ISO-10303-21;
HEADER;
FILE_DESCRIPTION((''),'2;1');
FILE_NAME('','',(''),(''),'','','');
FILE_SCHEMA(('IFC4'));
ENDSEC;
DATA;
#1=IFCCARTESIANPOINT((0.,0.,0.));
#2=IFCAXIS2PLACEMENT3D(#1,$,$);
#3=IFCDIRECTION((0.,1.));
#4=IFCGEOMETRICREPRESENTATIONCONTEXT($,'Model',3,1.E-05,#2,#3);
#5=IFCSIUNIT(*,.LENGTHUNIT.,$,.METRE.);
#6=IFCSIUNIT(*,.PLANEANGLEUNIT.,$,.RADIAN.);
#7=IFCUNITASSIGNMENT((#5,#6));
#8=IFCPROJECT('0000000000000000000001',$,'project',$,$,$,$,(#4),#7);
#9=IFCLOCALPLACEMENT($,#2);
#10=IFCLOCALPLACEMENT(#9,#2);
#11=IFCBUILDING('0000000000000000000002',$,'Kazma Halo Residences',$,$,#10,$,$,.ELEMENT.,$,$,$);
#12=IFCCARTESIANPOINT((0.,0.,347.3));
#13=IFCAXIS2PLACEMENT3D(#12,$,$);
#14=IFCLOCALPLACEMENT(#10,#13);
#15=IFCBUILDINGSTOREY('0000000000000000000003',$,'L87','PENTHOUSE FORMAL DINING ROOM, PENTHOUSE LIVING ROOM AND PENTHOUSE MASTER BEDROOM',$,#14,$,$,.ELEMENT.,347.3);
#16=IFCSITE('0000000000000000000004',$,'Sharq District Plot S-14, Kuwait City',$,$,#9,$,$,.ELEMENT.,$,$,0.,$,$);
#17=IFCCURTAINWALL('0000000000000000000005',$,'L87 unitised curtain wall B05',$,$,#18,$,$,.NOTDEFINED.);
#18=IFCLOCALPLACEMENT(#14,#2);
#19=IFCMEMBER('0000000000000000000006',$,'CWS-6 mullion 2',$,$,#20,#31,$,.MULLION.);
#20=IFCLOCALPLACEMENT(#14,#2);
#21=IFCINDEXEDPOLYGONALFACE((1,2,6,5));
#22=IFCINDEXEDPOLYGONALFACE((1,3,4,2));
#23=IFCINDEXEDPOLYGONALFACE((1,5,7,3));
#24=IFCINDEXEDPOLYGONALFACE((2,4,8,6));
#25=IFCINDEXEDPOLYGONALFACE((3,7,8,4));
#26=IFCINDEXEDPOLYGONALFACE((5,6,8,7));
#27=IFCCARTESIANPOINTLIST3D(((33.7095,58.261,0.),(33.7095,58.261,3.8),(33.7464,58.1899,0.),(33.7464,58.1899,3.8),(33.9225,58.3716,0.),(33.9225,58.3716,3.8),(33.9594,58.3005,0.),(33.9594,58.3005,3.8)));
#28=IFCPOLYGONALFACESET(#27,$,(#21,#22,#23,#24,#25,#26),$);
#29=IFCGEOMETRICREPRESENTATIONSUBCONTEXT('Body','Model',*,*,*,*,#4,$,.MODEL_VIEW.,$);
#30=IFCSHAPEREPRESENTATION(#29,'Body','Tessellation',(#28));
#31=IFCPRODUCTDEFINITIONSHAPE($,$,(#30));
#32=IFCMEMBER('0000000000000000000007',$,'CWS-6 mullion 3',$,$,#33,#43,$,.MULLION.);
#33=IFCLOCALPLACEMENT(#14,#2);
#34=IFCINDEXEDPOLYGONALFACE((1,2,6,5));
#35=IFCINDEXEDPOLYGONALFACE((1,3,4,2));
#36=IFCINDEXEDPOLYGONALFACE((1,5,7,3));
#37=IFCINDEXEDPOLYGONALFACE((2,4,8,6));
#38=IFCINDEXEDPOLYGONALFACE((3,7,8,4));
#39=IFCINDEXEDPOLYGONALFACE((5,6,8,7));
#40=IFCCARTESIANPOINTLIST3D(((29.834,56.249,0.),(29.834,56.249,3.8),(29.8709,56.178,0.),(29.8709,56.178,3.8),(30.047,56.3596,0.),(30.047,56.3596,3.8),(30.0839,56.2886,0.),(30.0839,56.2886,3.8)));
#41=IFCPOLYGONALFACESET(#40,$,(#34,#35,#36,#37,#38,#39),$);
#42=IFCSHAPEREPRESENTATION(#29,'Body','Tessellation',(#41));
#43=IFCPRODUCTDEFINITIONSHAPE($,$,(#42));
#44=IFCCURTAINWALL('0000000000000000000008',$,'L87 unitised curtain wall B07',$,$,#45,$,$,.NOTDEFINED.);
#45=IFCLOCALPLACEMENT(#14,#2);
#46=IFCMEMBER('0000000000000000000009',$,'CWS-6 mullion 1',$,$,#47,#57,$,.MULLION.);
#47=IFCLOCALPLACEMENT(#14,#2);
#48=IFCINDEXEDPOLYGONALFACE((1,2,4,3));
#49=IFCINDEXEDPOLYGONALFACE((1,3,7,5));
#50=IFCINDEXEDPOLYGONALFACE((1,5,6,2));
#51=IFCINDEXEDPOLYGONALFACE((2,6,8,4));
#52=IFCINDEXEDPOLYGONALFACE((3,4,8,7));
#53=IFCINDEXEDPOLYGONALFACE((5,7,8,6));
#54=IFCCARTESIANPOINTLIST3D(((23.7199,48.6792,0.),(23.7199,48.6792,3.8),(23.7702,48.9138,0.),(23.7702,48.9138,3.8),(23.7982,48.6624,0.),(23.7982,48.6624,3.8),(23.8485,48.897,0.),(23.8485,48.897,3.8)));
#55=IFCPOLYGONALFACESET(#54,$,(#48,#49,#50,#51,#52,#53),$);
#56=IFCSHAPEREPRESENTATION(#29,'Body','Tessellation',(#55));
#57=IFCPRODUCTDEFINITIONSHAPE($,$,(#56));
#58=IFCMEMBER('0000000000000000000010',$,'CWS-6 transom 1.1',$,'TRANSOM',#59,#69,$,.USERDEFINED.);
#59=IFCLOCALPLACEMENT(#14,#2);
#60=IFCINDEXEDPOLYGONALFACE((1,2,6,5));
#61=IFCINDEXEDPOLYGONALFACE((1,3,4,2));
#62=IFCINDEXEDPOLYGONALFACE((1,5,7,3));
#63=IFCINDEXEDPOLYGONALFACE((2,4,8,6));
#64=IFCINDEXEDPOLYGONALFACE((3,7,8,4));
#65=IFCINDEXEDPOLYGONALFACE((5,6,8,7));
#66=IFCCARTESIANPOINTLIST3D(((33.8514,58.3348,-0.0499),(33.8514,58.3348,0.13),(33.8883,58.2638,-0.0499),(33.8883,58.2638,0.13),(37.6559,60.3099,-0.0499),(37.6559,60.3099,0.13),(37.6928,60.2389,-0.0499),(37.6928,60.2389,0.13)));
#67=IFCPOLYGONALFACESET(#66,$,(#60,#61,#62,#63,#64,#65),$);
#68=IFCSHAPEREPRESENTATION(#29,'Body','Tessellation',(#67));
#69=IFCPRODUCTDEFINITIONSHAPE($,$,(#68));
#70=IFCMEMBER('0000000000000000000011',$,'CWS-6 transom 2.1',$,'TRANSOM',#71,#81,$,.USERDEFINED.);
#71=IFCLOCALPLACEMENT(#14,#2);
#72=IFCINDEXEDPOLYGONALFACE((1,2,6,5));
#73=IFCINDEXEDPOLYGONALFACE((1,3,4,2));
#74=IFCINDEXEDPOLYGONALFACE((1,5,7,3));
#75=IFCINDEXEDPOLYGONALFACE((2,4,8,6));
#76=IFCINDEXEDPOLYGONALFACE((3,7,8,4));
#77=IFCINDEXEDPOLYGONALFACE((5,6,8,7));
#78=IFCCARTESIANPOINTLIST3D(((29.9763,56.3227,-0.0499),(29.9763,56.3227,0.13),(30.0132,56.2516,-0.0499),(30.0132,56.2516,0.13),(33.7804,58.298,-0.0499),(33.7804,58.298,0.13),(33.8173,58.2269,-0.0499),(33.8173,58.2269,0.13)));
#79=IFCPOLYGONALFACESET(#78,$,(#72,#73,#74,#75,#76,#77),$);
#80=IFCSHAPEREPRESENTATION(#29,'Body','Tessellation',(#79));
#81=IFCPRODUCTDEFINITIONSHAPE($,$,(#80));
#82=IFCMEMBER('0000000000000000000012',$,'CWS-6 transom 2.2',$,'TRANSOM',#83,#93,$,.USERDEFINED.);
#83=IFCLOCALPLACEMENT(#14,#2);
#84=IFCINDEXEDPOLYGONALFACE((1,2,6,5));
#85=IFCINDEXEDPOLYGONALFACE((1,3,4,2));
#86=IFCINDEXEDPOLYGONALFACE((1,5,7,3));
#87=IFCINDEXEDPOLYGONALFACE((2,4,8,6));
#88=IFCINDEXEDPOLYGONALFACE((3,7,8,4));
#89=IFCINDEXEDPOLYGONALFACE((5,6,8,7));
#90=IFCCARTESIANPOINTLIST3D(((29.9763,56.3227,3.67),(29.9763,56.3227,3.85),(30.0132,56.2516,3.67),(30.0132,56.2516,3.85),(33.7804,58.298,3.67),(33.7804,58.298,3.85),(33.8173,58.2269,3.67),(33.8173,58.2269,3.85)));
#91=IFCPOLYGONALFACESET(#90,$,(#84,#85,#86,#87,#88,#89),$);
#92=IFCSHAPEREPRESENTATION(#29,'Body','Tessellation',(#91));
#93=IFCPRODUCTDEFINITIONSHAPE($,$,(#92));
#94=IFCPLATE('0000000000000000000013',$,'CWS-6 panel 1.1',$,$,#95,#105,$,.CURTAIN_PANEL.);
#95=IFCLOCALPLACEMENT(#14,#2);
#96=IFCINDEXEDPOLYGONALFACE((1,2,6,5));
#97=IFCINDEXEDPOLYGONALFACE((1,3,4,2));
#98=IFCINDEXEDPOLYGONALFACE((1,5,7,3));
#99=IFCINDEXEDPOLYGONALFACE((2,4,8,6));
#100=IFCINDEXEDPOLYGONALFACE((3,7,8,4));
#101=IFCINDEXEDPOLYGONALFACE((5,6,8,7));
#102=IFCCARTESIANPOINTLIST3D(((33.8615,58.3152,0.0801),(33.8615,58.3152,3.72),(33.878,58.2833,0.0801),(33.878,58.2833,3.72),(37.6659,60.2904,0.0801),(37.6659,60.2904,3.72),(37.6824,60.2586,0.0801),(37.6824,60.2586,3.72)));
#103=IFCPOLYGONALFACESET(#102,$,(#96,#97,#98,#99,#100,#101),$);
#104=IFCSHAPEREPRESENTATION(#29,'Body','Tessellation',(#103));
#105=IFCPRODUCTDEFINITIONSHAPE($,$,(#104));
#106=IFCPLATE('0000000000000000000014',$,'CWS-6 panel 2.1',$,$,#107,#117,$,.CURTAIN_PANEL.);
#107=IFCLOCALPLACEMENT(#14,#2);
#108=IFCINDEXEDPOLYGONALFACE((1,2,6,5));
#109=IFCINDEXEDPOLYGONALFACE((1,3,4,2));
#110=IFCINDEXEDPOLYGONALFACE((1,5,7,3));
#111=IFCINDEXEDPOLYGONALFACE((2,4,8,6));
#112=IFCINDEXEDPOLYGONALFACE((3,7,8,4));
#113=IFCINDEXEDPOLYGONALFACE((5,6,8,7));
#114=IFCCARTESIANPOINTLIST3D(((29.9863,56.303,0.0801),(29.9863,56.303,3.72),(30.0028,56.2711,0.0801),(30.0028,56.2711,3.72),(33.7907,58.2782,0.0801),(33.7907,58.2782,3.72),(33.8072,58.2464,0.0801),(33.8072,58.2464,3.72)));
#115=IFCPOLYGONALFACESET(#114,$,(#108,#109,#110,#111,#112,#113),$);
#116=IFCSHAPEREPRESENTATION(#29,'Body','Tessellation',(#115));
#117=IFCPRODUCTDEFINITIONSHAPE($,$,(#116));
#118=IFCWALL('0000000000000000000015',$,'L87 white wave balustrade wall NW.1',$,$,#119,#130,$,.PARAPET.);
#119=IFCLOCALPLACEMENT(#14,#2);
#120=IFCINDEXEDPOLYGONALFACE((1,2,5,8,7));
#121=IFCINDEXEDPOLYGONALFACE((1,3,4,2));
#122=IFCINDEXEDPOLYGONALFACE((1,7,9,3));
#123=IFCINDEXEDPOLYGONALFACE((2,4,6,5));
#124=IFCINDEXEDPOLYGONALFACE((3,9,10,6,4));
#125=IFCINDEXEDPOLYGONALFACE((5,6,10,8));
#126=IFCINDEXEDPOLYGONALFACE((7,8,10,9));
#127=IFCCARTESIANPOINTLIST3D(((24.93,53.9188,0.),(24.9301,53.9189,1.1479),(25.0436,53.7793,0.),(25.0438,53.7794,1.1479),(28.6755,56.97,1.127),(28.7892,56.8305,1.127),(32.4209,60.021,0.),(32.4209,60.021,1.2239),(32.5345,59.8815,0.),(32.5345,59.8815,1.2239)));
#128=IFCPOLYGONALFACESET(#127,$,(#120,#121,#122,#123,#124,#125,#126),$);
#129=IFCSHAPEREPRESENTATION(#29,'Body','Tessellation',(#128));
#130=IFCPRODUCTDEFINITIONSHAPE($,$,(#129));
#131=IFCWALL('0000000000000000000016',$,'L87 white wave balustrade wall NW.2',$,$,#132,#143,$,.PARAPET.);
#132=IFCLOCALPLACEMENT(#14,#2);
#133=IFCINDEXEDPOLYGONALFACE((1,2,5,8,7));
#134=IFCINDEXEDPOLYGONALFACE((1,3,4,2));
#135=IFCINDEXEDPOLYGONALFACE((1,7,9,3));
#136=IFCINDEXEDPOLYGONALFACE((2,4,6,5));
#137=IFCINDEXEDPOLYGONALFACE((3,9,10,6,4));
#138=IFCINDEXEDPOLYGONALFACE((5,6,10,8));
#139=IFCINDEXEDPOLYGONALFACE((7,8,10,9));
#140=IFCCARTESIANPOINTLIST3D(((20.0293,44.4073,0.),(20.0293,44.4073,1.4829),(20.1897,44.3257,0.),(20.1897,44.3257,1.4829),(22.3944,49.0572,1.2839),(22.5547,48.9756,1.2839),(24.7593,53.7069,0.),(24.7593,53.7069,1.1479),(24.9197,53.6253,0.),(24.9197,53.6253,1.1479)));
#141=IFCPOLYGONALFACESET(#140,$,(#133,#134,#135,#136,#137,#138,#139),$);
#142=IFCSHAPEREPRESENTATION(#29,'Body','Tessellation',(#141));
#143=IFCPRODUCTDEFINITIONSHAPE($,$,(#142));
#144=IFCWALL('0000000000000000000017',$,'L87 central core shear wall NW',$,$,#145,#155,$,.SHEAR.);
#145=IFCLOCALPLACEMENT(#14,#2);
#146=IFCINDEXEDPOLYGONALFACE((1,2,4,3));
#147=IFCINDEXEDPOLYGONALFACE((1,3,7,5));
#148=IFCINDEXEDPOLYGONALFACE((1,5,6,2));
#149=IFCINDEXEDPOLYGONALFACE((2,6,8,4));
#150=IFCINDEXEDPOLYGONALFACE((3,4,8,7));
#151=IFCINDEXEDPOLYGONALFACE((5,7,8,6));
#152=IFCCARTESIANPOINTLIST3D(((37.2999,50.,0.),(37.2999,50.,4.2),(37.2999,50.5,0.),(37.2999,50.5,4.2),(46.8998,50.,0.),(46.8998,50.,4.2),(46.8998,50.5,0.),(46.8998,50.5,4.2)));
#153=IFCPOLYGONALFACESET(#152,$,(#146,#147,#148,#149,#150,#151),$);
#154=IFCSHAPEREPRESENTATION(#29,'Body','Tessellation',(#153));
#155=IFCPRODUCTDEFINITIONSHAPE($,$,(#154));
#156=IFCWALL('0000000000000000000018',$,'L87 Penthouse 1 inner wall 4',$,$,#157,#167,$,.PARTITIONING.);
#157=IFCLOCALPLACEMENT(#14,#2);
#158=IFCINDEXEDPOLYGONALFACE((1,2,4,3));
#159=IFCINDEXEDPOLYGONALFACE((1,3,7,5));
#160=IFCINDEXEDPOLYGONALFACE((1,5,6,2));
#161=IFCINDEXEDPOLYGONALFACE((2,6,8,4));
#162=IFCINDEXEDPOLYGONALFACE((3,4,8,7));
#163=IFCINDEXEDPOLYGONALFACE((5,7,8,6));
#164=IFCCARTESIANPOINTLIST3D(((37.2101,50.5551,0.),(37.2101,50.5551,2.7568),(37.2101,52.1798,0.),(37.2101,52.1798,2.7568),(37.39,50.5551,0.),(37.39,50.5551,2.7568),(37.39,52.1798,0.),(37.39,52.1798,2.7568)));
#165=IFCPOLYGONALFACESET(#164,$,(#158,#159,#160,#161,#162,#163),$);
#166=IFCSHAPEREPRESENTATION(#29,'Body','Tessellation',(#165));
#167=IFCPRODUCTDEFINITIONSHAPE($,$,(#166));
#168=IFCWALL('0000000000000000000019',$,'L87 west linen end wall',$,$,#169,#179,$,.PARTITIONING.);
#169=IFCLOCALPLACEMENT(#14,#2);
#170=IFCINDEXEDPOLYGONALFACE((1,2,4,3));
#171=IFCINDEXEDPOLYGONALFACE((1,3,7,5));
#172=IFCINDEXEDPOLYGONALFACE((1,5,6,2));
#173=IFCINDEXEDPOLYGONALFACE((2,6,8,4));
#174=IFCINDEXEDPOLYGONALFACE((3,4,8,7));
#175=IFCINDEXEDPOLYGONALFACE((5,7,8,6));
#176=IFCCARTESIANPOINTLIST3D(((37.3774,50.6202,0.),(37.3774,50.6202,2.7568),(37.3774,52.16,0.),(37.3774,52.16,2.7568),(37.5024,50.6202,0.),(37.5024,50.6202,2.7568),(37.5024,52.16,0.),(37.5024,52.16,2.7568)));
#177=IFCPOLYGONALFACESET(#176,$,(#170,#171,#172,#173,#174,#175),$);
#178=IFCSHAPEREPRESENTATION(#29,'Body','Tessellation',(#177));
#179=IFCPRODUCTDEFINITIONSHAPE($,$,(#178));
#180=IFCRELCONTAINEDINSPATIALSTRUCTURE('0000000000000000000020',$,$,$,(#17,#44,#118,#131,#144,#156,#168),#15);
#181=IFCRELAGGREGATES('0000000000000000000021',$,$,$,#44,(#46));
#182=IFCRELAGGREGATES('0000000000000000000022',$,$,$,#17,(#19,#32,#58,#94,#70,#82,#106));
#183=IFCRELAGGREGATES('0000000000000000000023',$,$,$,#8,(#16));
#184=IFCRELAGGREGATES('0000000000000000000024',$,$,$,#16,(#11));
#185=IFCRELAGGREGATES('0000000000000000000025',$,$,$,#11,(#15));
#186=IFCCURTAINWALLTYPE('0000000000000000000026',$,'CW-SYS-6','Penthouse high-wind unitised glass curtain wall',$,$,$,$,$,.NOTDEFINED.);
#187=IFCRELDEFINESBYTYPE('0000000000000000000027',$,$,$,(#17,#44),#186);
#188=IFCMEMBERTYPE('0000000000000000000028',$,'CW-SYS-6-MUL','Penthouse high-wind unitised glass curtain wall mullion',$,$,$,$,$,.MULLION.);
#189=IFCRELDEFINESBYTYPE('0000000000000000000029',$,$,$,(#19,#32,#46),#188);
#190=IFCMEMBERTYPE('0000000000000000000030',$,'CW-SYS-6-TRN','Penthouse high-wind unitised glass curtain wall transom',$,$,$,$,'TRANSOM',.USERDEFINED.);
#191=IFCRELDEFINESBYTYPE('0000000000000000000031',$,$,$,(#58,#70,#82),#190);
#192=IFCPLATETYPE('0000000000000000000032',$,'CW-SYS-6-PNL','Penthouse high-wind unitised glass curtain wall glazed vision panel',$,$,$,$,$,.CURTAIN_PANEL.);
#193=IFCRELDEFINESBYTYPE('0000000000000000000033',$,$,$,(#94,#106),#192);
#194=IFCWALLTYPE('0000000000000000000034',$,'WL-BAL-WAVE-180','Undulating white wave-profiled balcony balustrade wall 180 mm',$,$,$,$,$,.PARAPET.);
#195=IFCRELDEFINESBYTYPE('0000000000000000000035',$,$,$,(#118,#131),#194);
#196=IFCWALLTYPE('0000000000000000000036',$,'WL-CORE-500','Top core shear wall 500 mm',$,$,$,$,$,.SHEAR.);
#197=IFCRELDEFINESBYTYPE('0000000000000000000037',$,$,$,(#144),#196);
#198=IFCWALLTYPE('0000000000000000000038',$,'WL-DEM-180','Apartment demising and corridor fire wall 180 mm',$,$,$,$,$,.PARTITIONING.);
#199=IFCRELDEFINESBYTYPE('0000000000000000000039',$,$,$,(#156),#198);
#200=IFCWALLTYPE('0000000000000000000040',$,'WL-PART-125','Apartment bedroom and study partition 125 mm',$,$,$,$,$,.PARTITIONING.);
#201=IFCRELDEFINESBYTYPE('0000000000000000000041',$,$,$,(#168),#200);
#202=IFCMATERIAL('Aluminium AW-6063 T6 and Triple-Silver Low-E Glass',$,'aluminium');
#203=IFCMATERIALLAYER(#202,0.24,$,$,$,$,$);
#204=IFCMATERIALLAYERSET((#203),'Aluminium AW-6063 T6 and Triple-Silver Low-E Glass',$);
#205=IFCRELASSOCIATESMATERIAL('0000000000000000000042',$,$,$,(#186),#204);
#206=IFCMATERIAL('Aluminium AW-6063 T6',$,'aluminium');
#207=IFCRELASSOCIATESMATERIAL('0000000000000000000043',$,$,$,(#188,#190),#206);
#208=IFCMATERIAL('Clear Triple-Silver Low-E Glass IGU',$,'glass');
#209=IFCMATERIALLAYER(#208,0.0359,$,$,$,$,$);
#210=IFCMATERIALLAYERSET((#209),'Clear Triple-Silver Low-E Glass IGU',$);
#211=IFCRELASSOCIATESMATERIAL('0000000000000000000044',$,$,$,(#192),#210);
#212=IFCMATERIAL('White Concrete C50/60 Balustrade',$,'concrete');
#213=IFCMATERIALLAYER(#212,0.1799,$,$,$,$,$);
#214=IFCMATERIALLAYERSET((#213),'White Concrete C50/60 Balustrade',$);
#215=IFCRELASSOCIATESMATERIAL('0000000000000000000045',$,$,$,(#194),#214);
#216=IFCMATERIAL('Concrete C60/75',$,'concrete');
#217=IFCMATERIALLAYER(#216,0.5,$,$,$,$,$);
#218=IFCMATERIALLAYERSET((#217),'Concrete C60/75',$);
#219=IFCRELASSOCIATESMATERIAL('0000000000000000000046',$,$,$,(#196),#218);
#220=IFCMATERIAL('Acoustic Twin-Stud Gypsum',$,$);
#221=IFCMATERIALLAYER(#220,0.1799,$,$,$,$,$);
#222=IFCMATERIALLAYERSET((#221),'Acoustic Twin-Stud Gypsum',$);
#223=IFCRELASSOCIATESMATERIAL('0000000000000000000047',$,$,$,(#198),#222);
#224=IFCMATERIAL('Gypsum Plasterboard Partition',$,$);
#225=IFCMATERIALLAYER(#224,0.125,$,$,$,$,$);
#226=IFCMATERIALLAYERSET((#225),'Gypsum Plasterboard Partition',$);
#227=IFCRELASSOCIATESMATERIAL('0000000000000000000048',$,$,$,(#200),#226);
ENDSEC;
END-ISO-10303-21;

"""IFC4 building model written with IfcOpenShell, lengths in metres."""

from ifc_helpers import new_model, si_unit, direction, frame, frame_2d, origin, origin_2d, place, context, subcontext, project, spatial, polyline, rectangle, outline, extrude, material, layer, layer_set, material_profile, profile_set, type_object, element, aggregate, save


model = new_model("IFC4")

# Units and contexts
model_context = context("Model", 3, precision=1e-05, world=origin(), true_north=direction((0.0, 1.0)))
body_context = subcontext(model_context, "Body", "Model", "MODEL_VIEW")
ifc_project = project(units=[si_unit("LENGTHUNIT", "METRE"), si_unit("PLANEANGLEUNIT", "RADIAN")], contexts=[model_context])

# Site, building, storey
site_placement = place(None, origin())
site = spatial("IfcSite", under=ifc_project, at=site_placement, Name="Sharq District Plot S-14, Kuwait City", CompositionType="ELEMENT", RefElevation=0.0)
building_placement = place(site_placement, origin())
building = spatial("IfcBuilding", under=site, at=building_placement, Name="Kazma Halo Residences", CompositionType="ELEMENT")
storey_placement = place(building_placement, frame((0.0, 0.0, 347.3)))
storey = spatial("IfcBuildingStorey", under=building, at=storey_placement, Name="L87", Description="PENTHOUSE FORMAL DINING ROOM, PENTHOUSE LIVING ROOM AND PENTHOUSE MASTER BEDROOM", CompositionType="ELEMENT", Elevation=347.3)

# Shared definitions
ifc_material_1 = material(Name="Concrete C60/75", Category="concrete")

# Curtain wall, members
ifc_material_2 = material(Name="Aluminium AW-6063 T6 and Triple-Silver Low-E Glass", Category="aluminium")
ifc_layer_1 = layer(ifc_material_2, 0.24)
ifc_layer_set_1 = layer_set([ifc_layer_1], Name="Aluminium AW-6063 T6 and Triple-Silver Low-E Glass")
curtain_wall_type = type_object("IfcCurtainWallType", Name="CW-SYS-6", Description="Penthouse high-wind unitised glass curtain wall", PredefinedType="NOTDEFINED", material=ifc_layer_set_1)
curtain_wall_1_placement = place(storey_placement, origin())
curtain_wall_1 = element("IfcCurtainWall", 1, at=curtain_wall_1_placement, inside=storey, type_object=curtain_wall_type, Name="L87 unitised curtain wall B05", PredefinedType="NOTDEFINED")
ifc_material_3 = material(Name="Aluminium AW-6063 T6", Category="aluminium")
ifc_material_profile_1 = material_profile(ifc_material_3, rectangle(XDim=0.0801, YDim=0.24, at=origin_2d()), Name="CWM-80x240")
ifc_profile_set_1 = profile_set([ifc_material_profile_1], Name="Aluminium AW-6063 T6")
member_type_1 = type_object("IfcMemberType", Name="CW-SYS-6-MUL", Description="Penthouse high-wind unitised glass curtain wall mullion", PredefinedType="MULLION", material=ifc_profile_set_1)
member_1_placement = place(storey_placement, frame((33.8345, 58.2808, 0.0), z_axis=(0.0, 0.0, 1.0), x_axis=(0.460796, -0.887506, 0.0)))
member_1 = element("IfcMember", 2, at=member_1_placement, type_object=member_type_1, Name="CWS-6 mullion 2", PredefinedType="MULLION", context=body_context, shape_type="SweptSolid", body=[
    extrude(rectangle(XDim=0.0801, YDim=0.24, at=origin_2d()), origin(), (0.0, 0.0, 1.0), 3.8),
])
member_2_placement = place(storey_placement, frame((29.959, 56.2688, 0.0), z_axis=(0.0, 0.0, 1.0), x_axis=(0.460796, -0.887506, 0.0)))
member_2 = element("IfcMember", 3, at=member_2_placement, type_object=member_type_1, Name="CWS-6 mullion 3", PredefinedType="MULLION", context=body_context, shape_type="SweptSolid", body=[
    extrude(rectangle(XDim=0.0801, YDim=0.24, at=origin_2d()), origin(), (0.0, 0.0, 1.0), 3.8),
])

# Curtain wall, member
curtain_wall_2_placement = place(storey_placement, origin())
curtain_wall_2 = element("IfcCurtainWall", 4, at=curtain_wall_2_placement, inside=storey, type_object=curtain_wall_type, Name="L87 unitised curtain wall B07", PredefinedType="NOTDEFINED")
member_3_placement = place(storey_placement, frame((23.7842, 48.7881, 0.0), z_axis=(0.0, 0.0, 1.0), x_axis=(0.977761, -0.209723, 0.0)))
member_3 = element("IfcMember", 5, at=member_3_placement, type_object=member_type_1, Name="CWS-6 mullion 1", PredefinedType="MULLION", context=body_context, shape_type="SweptSolid", body=[
    extrude(rectangle(XDim=0.0801, YDim=0.24, at=origin_2d()), origin(), (0.0, 0.0, 1.0), 3.8),
])
aggregate(curtain_wall_2, [member_3])

# Members
ifc_material_profile_2 = material_profile(ifc_material_3, rectangle(XDim=0.0801, YDim=0.1799, at=origin_2d()), Name="CWT-80x180")
ifc_profile_set_2 = profile_set([ifc_material_profile_2], Name="Aluminium AW-6063 T6")
member_type_2 = type_object("IfcMemberType", Name="CW-SYS-6-TRN", Description="Penthouse high-wind unitised glass curtain wall transom", ElementType="TRANSOM", PredefinedType="USERDEFINED", material=ifc_profile_set_2)
member_4_placement = place(storey_placement, frame((37.6743, 60.2744, 0.04), z_axis=(-0.887523, -0.460763, 0.0), x_axis=(0.460763, -0.887523, 0.0)))
member_4 = element("IfcMember", 6, at=member_4_placement, type_object=member_type_2, Name="CWS-6 transom 1.1", ObjectType="TRANSOM", PredefinedType="USERDEFINED", context=body_context, shape_type="SweptSolid", body=[
    extrude(rectangle(XDim=0.0801, YDim=0.1799, at=origin_2d()), origin(), (0.0, 0.0, 1.0), 4.2866),
])
member_5_placement = place(storey_placement, frame((33.7988, 58.2625, 0.04), z_axis=(-0.887488, -0.460831, 0.0), x_axis=(0.460831, -0.887488, 0.0)))
member_5 = element("IfcMember", 7, at=member_5_placement, type_object=member_type_2, Name="CWS-6 transom 2.1", ObjectType="TRANSOM", PredefinedType="USERDEFINED", context=body_context, shape_type="SweptSolid", body=[
    extrude(rectangle(XDim=0.0801, YDim=0.1799, at=origin_2d()), origin(), (0.0, 0.0, 1.0), 4.2864),
])
member_6_placement = place(storey_placement, frame((33.7988, 58.2625, 3.76), z_axis=(-0.887488, -0.460831, 0.0), x_axis=(0.460831, -0.887488, 0.0)))
member_6 = element("IfcMember", 8, at=member_6_placement, type_object=member_type_2, Name="CWS-6 transom 2.2", ObjectType="TRANSOM", PredefinedType="USERDEFINED", context=body_context, shape_type="SweptSolid", body=[
    extrude(rectangle(XDim=0.0801, YDim=0.1799, at=origin_2d()), origin(), (0.0, 0.0, 1.0), 4.2864),
])

# Plates
ifc_material_4 = material(Name="Clear Triple-Silver Low-E Glass IGU", Category="glass")
ifc_layer_2 = layer(ifc_material_4, 0.0359)
ifc_layer_set_2 = layer_set([ifc_layer_2], Name="Clear Triple-Silver Low-E Glass IGU")
plate_type = type_object("IfcPlateType", Name="CW-SYS-6-PNL", Description="Penthouse high-wind unitised glass curtain wall glazed vision panel", PredefinedType="CURTAIN_PANEL", material=ifc_layer_set_2)
plate_1_placement = place(storey_placement, frame((35.772, 59.2869, 0.0801), z_axis=(0.0, 0.0, 1.0), x_axis=(-0.887506, -0.460796, 0.0)))
plate_1 = element("IfcPlate", 9, at=plate_1_placement, type_object=plate_type, Name="CWS-6 panel 1.1", PredefinedType="CURTAIN_PANEL", context=body_context, shape_type="SweptSolid", body=[
    extrude(rectangle(XDim=4.2866, YDim=0.0359, at=origin_2d()), origin(), (0.0, 0.0, 1.0), 3.6399),
])
plate_2_placement = place(storey_placement, frame((31.8967, 57.2747, 0.0801), z_axis=(0.0, 0.0, 1.0), x_axis=(-0.887506, -0.460796, 0.0)))
plate_2 = element("IfcPlate", 10, at=plate_2_placement, type_object=plate_type, Name="CWS-6 panel 2.1", PredefinedType="CURTAIN_PANEL", context=body_context, shape_type="SweptSolid", body=[
    extrude(rectangle(XDim=4.2866, YDim=0.0359, at=origin_2d()), origin(), (0.0, 0.0, 1.0), 3.6399),
])
aggregate(curtain_wall_1, [member_1, member_2, member_4, plate_1, member_5, member_6, plate_2])

# Walls
ifc_material_5 = material(Name="White Concrete C50/60 Balustrade", Category="concrete")
ifc_layer_3 = layer(ifc_material_5, 0.1799)
ifc_layer_set_3 = layer_set([ifc_layer_3], Name="White Concrete C50/60 Balustrade")
wall_type_1 = type_object("IfcWallType", Name="WL-BAL-WAVE-180", Description="Undulating white wave-profiled balcony balustrade wall 180 mm", PredefinedType="PARAPET", material=ifc_layer_set_3)
wall_1_placement = place(storey_placement, frame((32.4778, 59.9512, 0.0), z_axis=(0.0, 0.0, 1.0), x_axis=(-0.775309, -0.631582, 0.0)))
element("IfcWall", 11, at=wall_1_placement, inside=storey, type_object=wall_type_1, Name="L87 white wave balustrade wall NW.1", PredefinedType="PARAPET", context=body_context, shape_type="SweptSolid", body=[
    extrude(outline(polyline([(0.0, 0.0), (9.6619, 0.0), (9.6616, 1.1479), (4.8308, 1.127), (0.0, 1.2239), (0.0, 0.0)])), frame((0.0, 0.0898, 0.0), z_axis=(0.0, -1.0, 0.0), x_axis=(1.0, 0.0, 0.0)), (0.0, 0.0, 1.0), 0.1799),
])
wall_2_placement = place(storey_placement, frame((24.8396, 53.666, 0.0), z_axis=(0.0, 0.0, 1.0), x_axis=(-0.453353, -0.891331, 0.0)))
element("IfcWall", 12, at=wall_2_placement, inside=storey, type_object=wall_type_1, Name="L87 white wave balustrade wall NW.2", PredefinedType="PARAPET", context=body_context, shape_type="SweptSolid", body=[
    extrude(outline(polyline([(0.0, 0.0), (10.4333, 0.0), (10.4333, 1.4829), (5.2166, 1.2839), (0.0, 1.1479), (0.0, 0.0)])), frame((0.0, 0.0898, 0.0), z_axis=(0.0, -1.0, 0.0), x_axis=(1.0, 0.0, 0.0)), (0.0, 0.0, 1.0), 0.1799),
])
ifc_layer_4 = layer(ifc_material_1, 0.5)
ifc_layer_set_4 = layer_set([ifc_layer_4], Name="Concrete C60/75")
wall_type_2 = type_object("IfcWallType", Name="WL-CORE-500", Description="Top core shear wall 500 mm", PredefinedType="SHEAR", material=ifc_layer_set_4)
wall_3_placement = place(storey_placement, frame((37.3, 50.25, 0.0), z_axis=(0.0, 0.0, 1.0), x_axis=(1.0, 0.0, 0.0)))
element("IfcWall", 13, at=wall_3_placement, inside=storey, type_object=wall_type_2, Name="L87 central core shear wall NW", PredefinedType="SHEAR", context=body_context, shape_type="SweptSolid", body=[
    extrude(rectangle(XDim=9.5999, YDim=0.5, at=frame_2d((4.7998, 0.0))), origin(), (0.0, 0.0, 1.0), 4.2),
])
ifc_material_6 = material(Name="Acoustic Twin-Stud Gypsum")
ifc_layer_5 = layer(ifc_material_6, 0.1799)
ifc_layer_set_5 = layer_set([ifc_layer_5], Name="Acoustic Twin-Stud Gypsum")
wall_type_3 = type_object("IfcWallType", Name="WL-DEM-180", Description="Apartment demising and corridor fire wall 180 mm", PredefinedType="PARTITIONING", material=ifc_layer_set_5)
wall_4_placement = place(storey_placement, frame((37.3, 52.1799, 0.0), z_axis=(0.0, 0.0, 1.0), x_axis=(0.0, -1.0, 0.0)))
element("IfcWall", 14, at=wall_4_placement, inside=storey, type_object=wall_type_3, Name="L87 Penthouse 1 inner wall 4", PredefinedType="PARTITIONING", context=body_context, shape_type="SweptSolid", body=[
    extrude(rectangle(XDim=1.6248, YDim=0.1799, at=frame_2d((0.8125, 0.0))), origin(), (0.0, 0.0, 1.0), 2.7568),
])

# Wall
ifc_material_7 = material(Name="Gypsum Plasterboard Partition")
ifc_layer_6 = layer(ifc_material_7, 0.125)
ifc_layer_set_6 = layer_set([ifc_layer_6], Name="Gypsum Plasterboard Partition")
wall_type_4 = type_object("IfcWallType", Name="WL-PART-125", Description="Apartment bedroom and study partition 125 mm", PredefinedType="PARTITIONING", material=ifc_layer_set_6)
wall_5_placement = place(storey_placement, frame((37.4399, 50.6201, 0.0), z_axis=(0.0, 0.0, 1.0), x_axis=(0.0, 1.0, 0.0)))
element("IfcWall", 15, at=wall_5_placement, inside=storey, type_object=wall_type_4, Name="L87 west linen end wall", PredefinedType="PARTITIONING", context=body_context, shape_type="SweptSolid", body=[
    extrude(rectangle(XDim=1.5398, YDim=0.125, at=frame_2d((0.77, 0.0))), origin(), (0.0, 0.0, 1.0), 2.7568),
])

save(model, "model.ifc")
